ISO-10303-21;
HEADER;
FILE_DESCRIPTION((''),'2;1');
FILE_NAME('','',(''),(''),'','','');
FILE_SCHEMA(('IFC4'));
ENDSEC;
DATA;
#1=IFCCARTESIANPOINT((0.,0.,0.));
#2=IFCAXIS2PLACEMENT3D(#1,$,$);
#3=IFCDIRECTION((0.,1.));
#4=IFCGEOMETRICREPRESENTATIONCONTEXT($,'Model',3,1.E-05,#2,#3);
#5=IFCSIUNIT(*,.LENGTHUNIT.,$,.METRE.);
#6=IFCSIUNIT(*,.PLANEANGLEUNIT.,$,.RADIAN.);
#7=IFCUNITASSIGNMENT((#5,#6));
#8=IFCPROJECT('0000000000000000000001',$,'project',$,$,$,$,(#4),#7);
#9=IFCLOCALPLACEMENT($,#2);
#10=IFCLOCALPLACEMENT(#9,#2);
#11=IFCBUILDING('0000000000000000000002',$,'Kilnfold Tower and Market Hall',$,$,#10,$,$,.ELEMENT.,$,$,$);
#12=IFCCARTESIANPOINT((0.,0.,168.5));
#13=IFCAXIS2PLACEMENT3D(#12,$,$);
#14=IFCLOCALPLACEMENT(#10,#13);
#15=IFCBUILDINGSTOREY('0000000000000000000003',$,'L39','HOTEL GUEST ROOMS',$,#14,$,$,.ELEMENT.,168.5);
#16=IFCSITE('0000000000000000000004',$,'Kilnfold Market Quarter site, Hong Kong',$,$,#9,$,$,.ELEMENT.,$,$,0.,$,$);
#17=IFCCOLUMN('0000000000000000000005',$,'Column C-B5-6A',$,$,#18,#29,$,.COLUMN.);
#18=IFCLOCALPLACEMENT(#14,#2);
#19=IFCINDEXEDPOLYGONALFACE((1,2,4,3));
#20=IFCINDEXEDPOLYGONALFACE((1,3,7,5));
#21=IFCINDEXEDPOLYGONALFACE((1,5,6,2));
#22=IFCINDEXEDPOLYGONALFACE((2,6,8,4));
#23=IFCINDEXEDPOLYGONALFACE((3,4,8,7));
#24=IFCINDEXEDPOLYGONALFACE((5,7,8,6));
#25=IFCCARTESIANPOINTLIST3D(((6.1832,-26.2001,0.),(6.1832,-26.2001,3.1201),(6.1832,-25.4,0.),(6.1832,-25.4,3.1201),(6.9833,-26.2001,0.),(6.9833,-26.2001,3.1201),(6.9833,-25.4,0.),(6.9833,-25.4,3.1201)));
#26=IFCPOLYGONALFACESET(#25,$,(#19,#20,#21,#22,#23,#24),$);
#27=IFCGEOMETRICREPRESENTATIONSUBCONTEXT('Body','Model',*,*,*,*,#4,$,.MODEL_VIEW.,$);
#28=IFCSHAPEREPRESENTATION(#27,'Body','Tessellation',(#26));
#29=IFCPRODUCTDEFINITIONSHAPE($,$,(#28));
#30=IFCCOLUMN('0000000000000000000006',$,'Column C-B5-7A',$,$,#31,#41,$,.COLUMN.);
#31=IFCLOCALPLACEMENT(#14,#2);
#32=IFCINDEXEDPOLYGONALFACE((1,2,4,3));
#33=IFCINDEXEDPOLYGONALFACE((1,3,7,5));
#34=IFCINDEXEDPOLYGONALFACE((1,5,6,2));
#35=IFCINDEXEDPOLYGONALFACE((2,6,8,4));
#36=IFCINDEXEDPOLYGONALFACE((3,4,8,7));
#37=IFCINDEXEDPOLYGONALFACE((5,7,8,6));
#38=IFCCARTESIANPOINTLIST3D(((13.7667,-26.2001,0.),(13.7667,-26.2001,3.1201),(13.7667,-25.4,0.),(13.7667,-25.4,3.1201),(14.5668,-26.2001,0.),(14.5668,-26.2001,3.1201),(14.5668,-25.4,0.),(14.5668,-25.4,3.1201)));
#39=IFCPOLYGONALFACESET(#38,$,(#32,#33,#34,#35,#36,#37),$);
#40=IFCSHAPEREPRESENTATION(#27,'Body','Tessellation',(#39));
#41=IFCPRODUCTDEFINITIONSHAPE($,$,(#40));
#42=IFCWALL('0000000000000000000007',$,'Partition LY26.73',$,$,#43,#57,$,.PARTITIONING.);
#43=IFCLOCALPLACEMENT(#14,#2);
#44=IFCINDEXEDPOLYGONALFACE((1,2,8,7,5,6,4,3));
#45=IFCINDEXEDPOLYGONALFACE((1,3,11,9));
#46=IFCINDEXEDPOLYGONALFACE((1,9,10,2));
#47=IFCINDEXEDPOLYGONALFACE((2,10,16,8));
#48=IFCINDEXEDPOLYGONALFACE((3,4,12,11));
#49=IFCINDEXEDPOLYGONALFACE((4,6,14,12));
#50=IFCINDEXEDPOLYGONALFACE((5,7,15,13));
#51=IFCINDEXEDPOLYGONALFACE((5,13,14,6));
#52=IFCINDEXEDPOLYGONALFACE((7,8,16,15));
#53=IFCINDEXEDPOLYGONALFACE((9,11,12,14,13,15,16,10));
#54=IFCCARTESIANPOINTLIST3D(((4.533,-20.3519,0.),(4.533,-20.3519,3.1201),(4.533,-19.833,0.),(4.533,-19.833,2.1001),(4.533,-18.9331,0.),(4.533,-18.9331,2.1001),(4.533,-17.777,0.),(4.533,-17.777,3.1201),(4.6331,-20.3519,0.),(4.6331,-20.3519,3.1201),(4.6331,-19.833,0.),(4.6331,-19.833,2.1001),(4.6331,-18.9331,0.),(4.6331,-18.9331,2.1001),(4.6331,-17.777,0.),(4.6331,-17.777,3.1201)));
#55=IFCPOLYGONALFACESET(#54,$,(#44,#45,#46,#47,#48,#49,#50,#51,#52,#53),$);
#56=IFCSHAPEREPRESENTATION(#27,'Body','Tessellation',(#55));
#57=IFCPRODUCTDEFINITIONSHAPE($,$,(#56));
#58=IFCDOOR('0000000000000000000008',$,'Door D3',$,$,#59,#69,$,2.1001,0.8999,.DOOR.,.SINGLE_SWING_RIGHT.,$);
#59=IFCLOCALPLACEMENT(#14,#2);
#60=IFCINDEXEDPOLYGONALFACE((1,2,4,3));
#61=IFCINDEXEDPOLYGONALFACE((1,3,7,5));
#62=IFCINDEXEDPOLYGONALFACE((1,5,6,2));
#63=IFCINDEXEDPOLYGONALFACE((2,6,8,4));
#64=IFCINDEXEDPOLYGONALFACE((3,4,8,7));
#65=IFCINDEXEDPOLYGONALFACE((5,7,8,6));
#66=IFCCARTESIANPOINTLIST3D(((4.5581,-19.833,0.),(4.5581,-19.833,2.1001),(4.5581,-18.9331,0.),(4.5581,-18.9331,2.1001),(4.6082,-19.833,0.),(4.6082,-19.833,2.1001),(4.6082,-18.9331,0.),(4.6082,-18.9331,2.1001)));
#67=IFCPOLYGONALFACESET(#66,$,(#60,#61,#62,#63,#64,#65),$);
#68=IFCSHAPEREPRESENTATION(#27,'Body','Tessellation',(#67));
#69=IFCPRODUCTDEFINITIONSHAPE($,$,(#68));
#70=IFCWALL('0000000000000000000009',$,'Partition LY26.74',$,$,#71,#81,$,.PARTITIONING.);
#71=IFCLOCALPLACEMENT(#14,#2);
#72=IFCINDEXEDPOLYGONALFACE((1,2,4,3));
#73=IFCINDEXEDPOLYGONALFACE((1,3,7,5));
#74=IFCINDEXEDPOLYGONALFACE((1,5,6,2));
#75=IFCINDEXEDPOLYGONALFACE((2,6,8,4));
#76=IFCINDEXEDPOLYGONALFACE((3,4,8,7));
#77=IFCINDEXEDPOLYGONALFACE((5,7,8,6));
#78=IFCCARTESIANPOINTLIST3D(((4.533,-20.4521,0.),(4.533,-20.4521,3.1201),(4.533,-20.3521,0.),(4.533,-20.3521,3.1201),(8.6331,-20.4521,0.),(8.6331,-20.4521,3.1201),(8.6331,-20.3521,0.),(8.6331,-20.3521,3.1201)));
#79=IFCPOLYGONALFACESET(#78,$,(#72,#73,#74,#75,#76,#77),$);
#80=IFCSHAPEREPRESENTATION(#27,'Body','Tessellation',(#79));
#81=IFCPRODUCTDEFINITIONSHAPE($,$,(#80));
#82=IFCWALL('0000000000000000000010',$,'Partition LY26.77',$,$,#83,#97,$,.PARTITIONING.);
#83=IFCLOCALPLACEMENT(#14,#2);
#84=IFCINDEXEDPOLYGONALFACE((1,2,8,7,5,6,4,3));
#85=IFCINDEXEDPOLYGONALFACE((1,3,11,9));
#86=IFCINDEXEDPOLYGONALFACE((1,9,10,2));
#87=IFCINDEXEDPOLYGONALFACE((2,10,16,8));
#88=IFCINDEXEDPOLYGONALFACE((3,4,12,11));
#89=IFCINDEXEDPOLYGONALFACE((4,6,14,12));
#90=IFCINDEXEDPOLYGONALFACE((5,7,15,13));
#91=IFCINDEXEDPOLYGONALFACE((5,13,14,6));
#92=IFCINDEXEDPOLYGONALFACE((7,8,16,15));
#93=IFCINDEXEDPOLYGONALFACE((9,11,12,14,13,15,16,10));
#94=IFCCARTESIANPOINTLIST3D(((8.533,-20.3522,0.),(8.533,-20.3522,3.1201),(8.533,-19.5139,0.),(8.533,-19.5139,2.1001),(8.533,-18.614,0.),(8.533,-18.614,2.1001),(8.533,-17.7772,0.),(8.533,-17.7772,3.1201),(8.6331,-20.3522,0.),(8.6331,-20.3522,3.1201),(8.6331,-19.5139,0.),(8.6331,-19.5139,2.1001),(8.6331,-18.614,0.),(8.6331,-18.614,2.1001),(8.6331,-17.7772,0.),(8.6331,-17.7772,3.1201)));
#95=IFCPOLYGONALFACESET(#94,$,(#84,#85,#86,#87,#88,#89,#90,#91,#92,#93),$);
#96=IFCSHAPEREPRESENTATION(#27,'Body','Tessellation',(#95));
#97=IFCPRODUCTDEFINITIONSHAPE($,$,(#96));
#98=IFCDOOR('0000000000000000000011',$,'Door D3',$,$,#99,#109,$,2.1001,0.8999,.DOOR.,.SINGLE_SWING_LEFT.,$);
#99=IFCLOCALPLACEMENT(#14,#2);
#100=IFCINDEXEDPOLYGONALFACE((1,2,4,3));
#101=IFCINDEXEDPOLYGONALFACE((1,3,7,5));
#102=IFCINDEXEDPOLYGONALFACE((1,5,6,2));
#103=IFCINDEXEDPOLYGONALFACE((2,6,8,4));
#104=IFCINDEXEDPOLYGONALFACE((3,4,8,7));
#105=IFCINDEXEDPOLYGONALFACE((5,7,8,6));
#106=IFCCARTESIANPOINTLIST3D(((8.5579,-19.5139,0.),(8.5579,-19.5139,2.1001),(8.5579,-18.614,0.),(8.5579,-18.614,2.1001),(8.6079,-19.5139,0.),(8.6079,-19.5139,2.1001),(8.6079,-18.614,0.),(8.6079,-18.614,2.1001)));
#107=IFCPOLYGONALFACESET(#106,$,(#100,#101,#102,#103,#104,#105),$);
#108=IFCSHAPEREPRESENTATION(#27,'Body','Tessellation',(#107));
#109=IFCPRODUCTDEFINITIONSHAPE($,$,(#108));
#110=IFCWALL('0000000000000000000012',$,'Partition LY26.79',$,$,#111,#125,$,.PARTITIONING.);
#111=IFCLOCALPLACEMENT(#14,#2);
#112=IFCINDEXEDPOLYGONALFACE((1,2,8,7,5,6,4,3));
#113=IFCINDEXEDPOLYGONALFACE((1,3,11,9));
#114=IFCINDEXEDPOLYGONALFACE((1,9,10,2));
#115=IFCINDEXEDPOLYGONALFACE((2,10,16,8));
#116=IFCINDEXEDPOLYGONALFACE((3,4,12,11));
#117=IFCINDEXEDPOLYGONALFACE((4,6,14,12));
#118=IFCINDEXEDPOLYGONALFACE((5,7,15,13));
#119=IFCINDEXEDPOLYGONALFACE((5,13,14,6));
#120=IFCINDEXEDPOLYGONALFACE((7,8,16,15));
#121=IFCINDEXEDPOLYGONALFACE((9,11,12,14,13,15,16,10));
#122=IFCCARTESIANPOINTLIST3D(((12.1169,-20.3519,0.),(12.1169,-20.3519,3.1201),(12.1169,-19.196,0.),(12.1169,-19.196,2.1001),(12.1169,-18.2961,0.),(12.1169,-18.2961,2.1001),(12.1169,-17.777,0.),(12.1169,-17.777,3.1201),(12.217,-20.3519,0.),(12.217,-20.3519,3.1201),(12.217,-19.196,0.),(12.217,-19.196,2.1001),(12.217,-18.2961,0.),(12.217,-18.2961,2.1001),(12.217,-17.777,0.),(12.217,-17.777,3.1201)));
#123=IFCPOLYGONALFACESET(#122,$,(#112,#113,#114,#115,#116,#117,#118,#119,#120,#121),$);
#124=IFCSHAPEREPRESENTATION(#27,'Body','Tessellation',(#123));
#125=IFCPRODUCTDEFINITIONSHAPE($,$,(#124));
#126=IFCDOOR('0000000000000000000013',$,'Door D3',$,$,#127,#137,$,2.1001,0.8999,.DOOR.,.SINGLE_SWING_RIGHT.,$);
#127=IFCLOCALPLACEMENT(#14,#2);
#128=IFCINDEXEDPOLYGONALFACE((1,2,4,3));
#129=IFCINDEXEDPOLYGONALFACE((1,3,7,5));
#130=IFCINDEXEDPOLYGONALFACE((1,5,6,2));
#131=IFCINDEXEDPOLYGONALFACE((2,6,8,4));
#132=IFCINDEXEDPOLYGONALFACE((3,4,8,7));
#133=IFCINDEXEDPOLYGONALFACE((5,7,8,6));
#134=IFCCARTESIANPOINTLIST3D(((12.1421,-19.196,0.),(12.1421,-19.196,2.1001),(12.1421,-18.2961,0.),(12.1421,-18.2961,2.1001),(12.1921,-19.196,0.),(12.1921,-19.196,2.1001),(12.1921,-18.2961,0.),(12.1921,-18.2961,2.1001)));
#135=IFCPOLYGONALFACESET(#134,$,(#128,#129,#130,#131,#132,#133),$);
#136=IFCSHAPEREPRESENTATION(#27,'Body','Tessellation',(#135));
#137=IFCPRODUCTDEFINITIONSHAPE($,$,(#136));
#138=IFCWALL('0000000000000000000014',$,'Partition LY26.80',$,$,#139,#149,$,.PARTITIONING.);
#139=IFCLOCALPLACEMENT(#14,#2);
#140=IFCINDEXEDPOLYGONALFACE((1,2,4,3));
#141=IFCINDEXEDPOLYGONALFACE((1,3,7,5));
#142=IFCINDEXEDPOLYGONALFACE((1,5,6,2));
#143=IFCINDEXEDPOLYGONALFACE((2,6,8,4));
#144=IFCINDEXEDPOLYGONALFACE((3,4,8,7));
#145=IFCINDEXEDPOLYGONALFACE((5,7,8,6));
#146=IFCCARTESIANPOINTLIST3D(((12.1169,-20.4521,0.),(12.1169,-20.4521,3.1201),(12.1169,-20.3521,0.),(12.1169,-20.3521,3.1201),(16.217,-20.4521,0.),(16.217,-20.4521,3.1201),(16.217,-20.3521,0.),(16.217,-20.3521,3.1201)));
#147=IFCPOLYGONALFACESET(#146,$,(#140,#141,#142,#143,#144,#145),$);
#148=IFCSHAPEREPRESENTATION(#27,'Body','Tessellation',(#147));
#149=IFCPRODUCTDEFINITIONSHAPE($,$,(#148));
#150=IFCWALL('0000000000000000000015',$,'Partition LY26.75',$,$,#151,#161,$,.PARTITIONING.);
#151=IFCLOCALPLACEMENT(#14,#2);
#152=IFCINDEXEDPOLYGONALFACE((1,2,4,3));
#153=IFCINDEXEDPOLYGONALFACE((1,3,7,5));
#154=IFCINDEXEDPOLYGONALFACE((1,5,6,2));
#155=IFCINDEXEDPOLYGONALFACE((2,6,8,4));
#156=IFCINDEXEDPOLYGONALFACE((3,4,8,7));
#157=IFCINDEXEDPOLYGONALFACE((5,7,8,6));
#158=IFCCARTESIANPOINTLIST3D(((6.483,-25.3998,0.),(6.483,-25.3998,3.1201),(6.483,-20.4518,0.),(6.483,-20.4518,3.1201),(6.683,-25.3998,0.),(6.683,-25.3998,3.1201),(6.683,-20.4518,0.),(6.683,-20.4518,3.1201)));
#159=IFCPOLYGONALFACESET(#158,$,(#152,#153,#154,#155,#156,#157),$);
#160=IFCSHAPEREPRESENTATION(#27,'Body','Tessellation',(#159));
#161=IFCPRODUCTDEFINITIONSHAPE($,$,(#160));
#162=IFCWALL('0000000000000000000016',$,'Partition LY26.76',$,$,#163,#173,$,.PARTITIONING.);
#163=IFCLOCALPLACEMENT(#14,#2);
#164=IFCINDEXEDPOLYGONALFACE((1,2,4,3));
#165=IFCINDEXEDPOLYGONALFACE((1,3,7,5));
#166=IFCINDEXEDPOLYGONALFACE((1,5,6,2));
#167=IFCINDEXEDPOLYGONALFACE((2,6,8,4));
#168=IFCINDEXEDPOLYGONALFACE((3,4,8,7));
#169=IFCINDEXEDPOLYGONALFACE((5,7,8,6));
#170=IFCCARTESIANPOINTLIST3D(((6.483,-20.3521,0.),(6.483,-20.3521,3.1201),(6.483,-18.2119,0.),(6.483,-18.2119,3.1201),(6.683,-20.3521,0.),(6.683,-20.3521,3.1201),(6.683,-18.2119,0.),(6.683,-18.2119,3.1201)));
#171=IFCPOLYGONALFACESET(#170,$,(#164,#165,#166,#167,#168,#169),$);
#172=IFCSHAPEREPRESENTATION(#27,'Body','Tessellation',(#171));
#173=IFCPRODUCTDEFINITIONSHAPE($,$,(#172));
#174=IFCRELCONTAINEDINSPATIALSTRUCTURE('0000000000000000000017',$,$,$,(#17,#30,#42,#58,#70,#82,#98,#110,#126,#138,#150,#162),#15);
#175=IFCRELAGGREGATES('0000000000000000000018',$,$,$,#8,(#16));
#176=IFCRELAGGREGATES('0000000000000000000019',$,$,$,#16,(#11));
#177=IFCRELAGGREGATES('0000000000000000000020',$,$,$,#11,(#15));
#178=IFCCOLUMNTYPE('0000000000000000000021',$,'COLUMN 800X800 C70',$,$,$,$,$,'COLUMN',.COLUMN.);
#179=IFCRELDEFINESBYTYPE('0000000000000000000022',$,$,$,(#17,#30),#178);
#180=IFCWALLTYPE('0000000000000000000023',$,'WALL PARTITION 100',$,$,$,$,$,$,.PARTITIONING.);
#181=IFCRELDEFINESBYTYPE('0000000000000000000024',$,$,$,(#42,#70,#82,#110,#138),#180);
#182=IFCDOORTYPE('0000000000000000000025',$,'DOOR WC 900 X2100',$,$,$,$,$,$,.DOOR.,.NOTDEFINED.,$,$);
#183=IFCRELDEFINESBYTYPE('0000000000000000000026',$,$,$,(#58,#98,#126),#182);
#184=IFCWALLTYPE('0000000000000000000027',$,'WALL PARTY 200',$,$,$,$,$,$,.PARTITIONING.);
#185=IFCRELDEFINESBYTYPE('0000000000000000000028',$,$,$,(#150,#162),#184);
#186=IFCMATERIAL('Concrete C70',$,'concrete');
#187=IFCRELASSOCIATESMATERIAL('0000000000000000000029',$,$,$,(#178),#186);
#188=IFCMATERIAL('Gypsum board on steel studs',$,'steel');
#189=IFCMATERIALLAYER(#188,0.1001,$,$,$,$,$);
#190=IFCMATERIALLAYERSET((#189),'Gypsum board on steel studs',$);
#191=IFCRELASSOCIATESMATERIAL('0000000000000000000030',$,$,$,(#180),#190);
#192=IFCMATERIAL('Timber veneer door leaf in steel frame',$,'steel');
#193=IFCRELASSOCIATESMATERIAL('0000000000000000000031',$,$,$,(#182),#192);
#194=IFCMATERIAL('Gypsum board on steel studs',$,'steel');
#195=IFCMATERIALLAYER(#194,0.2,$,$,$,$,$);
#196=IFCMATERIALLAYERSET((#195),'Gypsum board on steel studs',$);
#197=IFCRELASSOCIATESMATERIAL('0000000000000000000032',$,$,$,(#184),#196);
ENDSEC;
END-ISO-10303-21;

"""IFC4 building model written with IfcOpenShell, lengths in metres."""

from ifc_helpers import new_model, si_unit, direction, frame, frame_2d, origin, origin_2d, place, context, subcontext, project, spatial, rectangle, extrude, source, transform, mapped, material, layer, layer_set, material_profile, profile_set, type_object, element, fill, save


model = new_model("IFC4")

# Units and contexts
model_context = context("Model", 3, precision=1e-05, world=origin(), true_north=direction((0.0, 1.0)))
body_context = subcontext(model_context, "Body", "Model", "MODEL_VIEW")
ifc_project = project(units=[si_unit("LENGTHUNIT", "METRE"), si_unit("PLANEANGLEUNIT", "RADIAN")], contexts=[model_context])

# Site, building, storey
site_placement = place(None, origin())
site = spatial("IfcSite", under=ifc_project, at=site_placement, Name="Kilnfold Market Quarter site, Hong Kong", CompositionType="ELEMENT", RefElevation=0.0)
building_placement = place(site_placement, origin())
building = spatial("IfcBuilding", under=site, at=building_placement, Name="Kilnfold Tower and Market Hall", CompositionType="ELEMENT")
storey_placement = place(building_placement, frame((0.0, 0.0, 168.5)))
storey = spatial("IfcBuildingStorey", under=building, at=storey_placement, Name="L39", Description="HOTEL GUEST ROOMS", CompositionType="ELEMENT", Elevation=168.5)

# Columns
ifc_material_1 = material(Name="Concrete C70", Category="concrete")
ifc_material_profile = material_profile(ifc_material_1, rectangle(XDim=0.8, YDim=0.8, at=origin_2d()), Name="RC 800x800")
ifc_profile_set = profile_set([ifc_material_profile], Name="Concrete C70")
column_type = type_object("IfcColumnType", Name="COLUMN 800X800 C70", ElementType="COLUMN", PredefinedType="COLUMN", material=ifc_profile_set)
shared_shape_1 = source(origin(), body_context, "Body", "SweptSolid", [
    extrude(rectangle(XDim=0.8, YDim=0.8, at=origin_2d()), origin(), (0.0, 0.0, 1.0), 3.1201),
])
for number, where, z_axis, x_axis, name in (
    (1, (6.5833, -25.8, 0.0), (0.0, 0.0, 1.0), (1.0, 0.0, 0.0), "Column C-B5-6A"),
    (2, (14.1667, -25.8, 0.0), (0.0, 0.0, 1.0), (1.0, 0.0, 0.0), "Column C-B5-7A"),
):
    element("IfcColumn", number, at=place(storey_placement, frame(where, z_axis=z_axis, x_axis=x_axis)), inside=storey, type_object=column_type, Name=name, PredefinedType="COLUMN", context=body_context, shape_type="MappedRepresentation", body=[
        mapped(shared_shape_1, transform((0.0, 0.0, 0.0))),
    ])

# Wall, opening, door
ifc_material_2 = material(Name="Gypsum board on steel studs", Category="steel")
ifc_layer_1 = layer(ifc_material_2, 0.1001)
ifc_layer_set_1 = layer_set([ifc_layer_1], Name="Gypsum board on steel studs")
wall_type_1 = type_object("IfcWallType", Name="WALL PARTITION 100", PredefinedType="PARTITIONING", material=ifc_layer_set_1)
wall_1_placement = place(storey_placement, frame((4.583, -20.3521, 0.0), z_axis=(0.0, 0.0, 1.0), x_axis=(0.0, 1.0, 0.0)))
wall_1 = element("IfcWall", 3, at=wall_1_placement, inside=storey, type_object=wall_type_1, Name="Partition LY26.73", PredefinedType="PARTITIONING", context=body_context, shape_type="SweptSolid", body=[
    extrude(rectangle(XDim=2.575, YDim=0.1001, at=frame_2d((1.2876, 0.0))), origin(), (0.0, 0.0, 1.0), 3.1201),
])
opening_1_placement = place(wall_1_placement, frame((0.519, 0.0, 0.0)))
opening_1 = element("IfcOpeningElement", 4, at=opening_1_placement, cuts=wall_1, PredefinedType="OPENING", context=body_context, shape_type="SweptSolid", body=[
    extrude(rectangle(XDim=0.8999, YDim=2.1001, at=frame_2d((0.45, 1.05))), frame((0.0, 0.0601, 0.0), z_axis=(0.0, -1.0, 0.0), x_axis=(1.0, 0.0, 0.0)), (0.0, 0.0, 1.0), 0.1201),
])
ifc_material_3 = material(Name="Timber veneer door leaf in steel frame", Category="steel")
door_type = type_object("IfcDoorType", Name="DOOR WC 900 X2100", OperationType="NOTDEFINED", PredefinedType="DOOR", material=ifc_material_3)
door_1_placement = place(opening_1_placement, origin())
door_1 = element("IfcDoor", 5, at=door_1_placement, inside=storey, type_object=door_type, Name="Door D3", OperationType="SINGLE_SWING_RIGHT", OverallHeight=2.1001, OverallWidth=0.8999, PredefinedType="DOOR", context=body_context, shape_type="SweptSolid", body=[
    extrude(rectangle(XDim=0.8999, YDim=2.1001, at=frame_2d((0.45, 1.05))), frame((0.0, 0.0249, 0.0), z_axis=(0.0, -1.0, 0.0), x_axis=(1.0, 0.0, 0.0)), (0.0, 0.0, 1.0), 0.05),
])
fill(opening_1, door_1)

# Wall
wall_2_placement = place(storey_placement, frame((4.533, -20.4021, 0.0), z_axis=(0.0, 0.0, 1.0), x_axis=(1.0, 0.0, 0.0)))
element("IfcWall", 6, at=wall_2_placement, inside=storey, type_object=wall_type_1, Name="Partition LY26.74", PredefinedType="PARTITIONING", context=body_context, shape_type="SweptSolid", body=[
    extrude(rectangle(XDim=4.1001, YDim=0.1001, at=frame_2d((2.05, 0.0))), origin(), (0.0, 0.0, 1.0), 3.1201),
])

# Walls, openings, doors
wall_3_placement = place(storey_placement, frame((8.583, -17.7771, 0.0), z_axis=(0.0, 0.0, 1.0), x_axis=(0.0, -1.0, 0.0)))
wall_3 = element("IfcWall", 7, at=wall_3_placement, inside=storey, type_object=wall_type_1, Name="Partition LY26.77", PredefinedType="PARTITIONING", context=body_context, shape_type="SweptSolid", body=[
    extrude(rectangle(XDim=2.575, YDim=0.1001, at=frame_2d((1.2876, 0.0))), origin(), (0.0, 0.0, 1.0), 3.1201),
])
opening_2_placement = place(wall_3_placement, frame((0.8369, 0.0, 0.0)))
opening_2 = element("IfcOpeningElement", 8, at=opening_2_placement, cuts=wall_3, PredefinedType="OPENING", context=body_context, shape_type="SweptSolid", body=[
    extrude(rectangle(XDim=0.8999, YDim=2.1001, at=frame_2d((0.45, 1.05))), frame((0.0, 0.0601, 0.0), z_axis=(0.0, -1.0, 0.0), x_axis=(1.0, 0.0, 0.0)), (0.0, 0.0, 1.0), 0.1201),
])
door_2_placement = place(opening_2_placement, origin())
door_2 = element("IfcDoor", 9, at=door_2_placement, inside=storey, type_object=door_type, Name="Door D3", OperationType="SINGLE_SWING_LEFT", OverallHeight=2.1001, OverallWidth=0.8999, PredefinedType="DOOR", context=body_context, shape_type="SweptSolid", body=[
    extrude(rectangle(XDim=0.8999, YDim=2.1001, at=frame_2d((0.45, 1.05))), frame((0.0, 0.0249, 0.0), z_axis=(0.0, -1.0, 0.0), x_axis=(1.0, 0.0, 0.0)), (0.0, 0.0, 1.0), 0.05),
])
fill(opening_2, door_2)
wall_4_placement = place(storey_placement, frame((12.167, -20.3521, 0.0), z_axis=(0.0, 0.0, 1.0), x_axis=(0.0, 1.0, 0.0)))
wall_4 = element("IfcWall", 10, at=wall_4_placement, inside=storey, type_object=wall_type_1, Name="Partition LY26.79", PredefinedType="PARTITIONING", context=body_context, shape_type="SweptSolid", body=[
    extrude(rectangle(XDim=2.575, YDim=0.1001, at=frame_2d((1.2876, 0.0))), origin(), (0.0, 0.0, 1.0), 3.1201),
])
opening_3_placement = place(wall_4_placement, frame((1.156, 0.0, 0.0)))
opening_3 = element("IfcOpeningElement", 11, at=opening_3_placement, cuts=wall_4, PredefinedType="OPENING", context=body_context, shape_type="SweptSolid", body=[
    extrude(rectangle(XDim=0.8999, YDim=2.1001, at=frame_2d((0.45, 1.05))), frame((0.0, 0.0601, 0.0), z_axis=(0.0, -1.0, 0.0), x_axis=(1.0, 0.0, 0.0)), (0.0, 0.0, 1.0), 0.1201),
])
door_3_placement = place(opening_3_placement, origin())
door_3 = element("IfcDoor", 12, at=door_3_placement, inside=storey, type_object=door_type, Name="Door D3", OperationType="SINGLE_SWING_RIGHT", OverallHeight=2.1001, OverallWidth=0.8999, PredefinedType="DOOR", context=body_context, shape_type="SweptSolid", body=[
    extrude(rectangle(XDim=0.8999, YDim=2.1001, at=frame_2d((0.45, 1.05))), frame((0.0, 0.0249, 0.0), z_axis=(0.0, -1.0, 0.0), x_axis=(1.0, 0.0, 0.0)), (0.0, 0.0, 1.0), 0.05),
])
fill(opening_3, door_3)

# Walls
wall_5_placement = place(storey_placement, frame((12.1169, -20.4021, 0.0), z_axis=(0.0, 0.0, 1.0), x_axis=(1.0, 0.0, 0.0)))
element("IfcWall", 13, at=wall_5_placement, inside=storey, type_object=wall_type_1, Name="Partition LY26.80", PredefinedType="PARTITIONING", context=body_context, shape_type="SweptSolid", body=[
    extrude(rectangle(XDim=4.1001, YDim=0.1001, at=frame_2d((2.05, 0.0))), origin(), (0.0, 0.0, 1.0), 3.1201),
])
ifc_material_4 = material(Name="Gypsum board on steel studs", Category="steel")
ifc_layer_2 = layer(ifc_material_4, 0.2)
ifc_layer_set_2 = layer_set([ifc_layer_2], Name="Gypsum board on steel studs")
wall_type_2 = type_object("IfcWallType", Name="WALL PARTY 200", PredefinedType="PARTITIONING", material=ifc_layer_set_2)
wall_6_placement = place(storey_placement, frame((6.583, -25.3999, 0.0), z_axis=(0.0, 0.0, 1.0), x_axis=(0.0, 1.0, 0.0)))
element("IfcWall", 14, at=wall_6_placement, inside=storey, type_object=wall_type_2, Name="Partition LY26.75", PredefinedType="PARTITIONING", context=body_context, shape_type="SweptSolid", body=[
    extrude(rectangle(XDim=4.948, YDim=0.2, at=frame_2d((2.4741, 0.0))), origin(), (0.0, 0.0, 1.0), 3.1201),
])
wall_7_placement = place(storey_placement, frame((6.583, -20.3521, 0.0), z_axis=(0.0, 0.0, 1.0), x_axis=(0.0, 1.0, 0.0)))
element("IfcWall", 15, at=wall_7_placement, inside=storey, type_object=wall_type_2, Name="Partition LY26.76", PredefinedType="PARTITIONING", context=body_context, shape_type="SweptSolid", body=[
    extrude(rectangle(XDim=2.1401, YDim=0.2, at=frame_2d((1.0701, 0.0))), origin(), (0.0, 0.0, 1.0), 3.1201),
])

save(model, "model.ifc")
